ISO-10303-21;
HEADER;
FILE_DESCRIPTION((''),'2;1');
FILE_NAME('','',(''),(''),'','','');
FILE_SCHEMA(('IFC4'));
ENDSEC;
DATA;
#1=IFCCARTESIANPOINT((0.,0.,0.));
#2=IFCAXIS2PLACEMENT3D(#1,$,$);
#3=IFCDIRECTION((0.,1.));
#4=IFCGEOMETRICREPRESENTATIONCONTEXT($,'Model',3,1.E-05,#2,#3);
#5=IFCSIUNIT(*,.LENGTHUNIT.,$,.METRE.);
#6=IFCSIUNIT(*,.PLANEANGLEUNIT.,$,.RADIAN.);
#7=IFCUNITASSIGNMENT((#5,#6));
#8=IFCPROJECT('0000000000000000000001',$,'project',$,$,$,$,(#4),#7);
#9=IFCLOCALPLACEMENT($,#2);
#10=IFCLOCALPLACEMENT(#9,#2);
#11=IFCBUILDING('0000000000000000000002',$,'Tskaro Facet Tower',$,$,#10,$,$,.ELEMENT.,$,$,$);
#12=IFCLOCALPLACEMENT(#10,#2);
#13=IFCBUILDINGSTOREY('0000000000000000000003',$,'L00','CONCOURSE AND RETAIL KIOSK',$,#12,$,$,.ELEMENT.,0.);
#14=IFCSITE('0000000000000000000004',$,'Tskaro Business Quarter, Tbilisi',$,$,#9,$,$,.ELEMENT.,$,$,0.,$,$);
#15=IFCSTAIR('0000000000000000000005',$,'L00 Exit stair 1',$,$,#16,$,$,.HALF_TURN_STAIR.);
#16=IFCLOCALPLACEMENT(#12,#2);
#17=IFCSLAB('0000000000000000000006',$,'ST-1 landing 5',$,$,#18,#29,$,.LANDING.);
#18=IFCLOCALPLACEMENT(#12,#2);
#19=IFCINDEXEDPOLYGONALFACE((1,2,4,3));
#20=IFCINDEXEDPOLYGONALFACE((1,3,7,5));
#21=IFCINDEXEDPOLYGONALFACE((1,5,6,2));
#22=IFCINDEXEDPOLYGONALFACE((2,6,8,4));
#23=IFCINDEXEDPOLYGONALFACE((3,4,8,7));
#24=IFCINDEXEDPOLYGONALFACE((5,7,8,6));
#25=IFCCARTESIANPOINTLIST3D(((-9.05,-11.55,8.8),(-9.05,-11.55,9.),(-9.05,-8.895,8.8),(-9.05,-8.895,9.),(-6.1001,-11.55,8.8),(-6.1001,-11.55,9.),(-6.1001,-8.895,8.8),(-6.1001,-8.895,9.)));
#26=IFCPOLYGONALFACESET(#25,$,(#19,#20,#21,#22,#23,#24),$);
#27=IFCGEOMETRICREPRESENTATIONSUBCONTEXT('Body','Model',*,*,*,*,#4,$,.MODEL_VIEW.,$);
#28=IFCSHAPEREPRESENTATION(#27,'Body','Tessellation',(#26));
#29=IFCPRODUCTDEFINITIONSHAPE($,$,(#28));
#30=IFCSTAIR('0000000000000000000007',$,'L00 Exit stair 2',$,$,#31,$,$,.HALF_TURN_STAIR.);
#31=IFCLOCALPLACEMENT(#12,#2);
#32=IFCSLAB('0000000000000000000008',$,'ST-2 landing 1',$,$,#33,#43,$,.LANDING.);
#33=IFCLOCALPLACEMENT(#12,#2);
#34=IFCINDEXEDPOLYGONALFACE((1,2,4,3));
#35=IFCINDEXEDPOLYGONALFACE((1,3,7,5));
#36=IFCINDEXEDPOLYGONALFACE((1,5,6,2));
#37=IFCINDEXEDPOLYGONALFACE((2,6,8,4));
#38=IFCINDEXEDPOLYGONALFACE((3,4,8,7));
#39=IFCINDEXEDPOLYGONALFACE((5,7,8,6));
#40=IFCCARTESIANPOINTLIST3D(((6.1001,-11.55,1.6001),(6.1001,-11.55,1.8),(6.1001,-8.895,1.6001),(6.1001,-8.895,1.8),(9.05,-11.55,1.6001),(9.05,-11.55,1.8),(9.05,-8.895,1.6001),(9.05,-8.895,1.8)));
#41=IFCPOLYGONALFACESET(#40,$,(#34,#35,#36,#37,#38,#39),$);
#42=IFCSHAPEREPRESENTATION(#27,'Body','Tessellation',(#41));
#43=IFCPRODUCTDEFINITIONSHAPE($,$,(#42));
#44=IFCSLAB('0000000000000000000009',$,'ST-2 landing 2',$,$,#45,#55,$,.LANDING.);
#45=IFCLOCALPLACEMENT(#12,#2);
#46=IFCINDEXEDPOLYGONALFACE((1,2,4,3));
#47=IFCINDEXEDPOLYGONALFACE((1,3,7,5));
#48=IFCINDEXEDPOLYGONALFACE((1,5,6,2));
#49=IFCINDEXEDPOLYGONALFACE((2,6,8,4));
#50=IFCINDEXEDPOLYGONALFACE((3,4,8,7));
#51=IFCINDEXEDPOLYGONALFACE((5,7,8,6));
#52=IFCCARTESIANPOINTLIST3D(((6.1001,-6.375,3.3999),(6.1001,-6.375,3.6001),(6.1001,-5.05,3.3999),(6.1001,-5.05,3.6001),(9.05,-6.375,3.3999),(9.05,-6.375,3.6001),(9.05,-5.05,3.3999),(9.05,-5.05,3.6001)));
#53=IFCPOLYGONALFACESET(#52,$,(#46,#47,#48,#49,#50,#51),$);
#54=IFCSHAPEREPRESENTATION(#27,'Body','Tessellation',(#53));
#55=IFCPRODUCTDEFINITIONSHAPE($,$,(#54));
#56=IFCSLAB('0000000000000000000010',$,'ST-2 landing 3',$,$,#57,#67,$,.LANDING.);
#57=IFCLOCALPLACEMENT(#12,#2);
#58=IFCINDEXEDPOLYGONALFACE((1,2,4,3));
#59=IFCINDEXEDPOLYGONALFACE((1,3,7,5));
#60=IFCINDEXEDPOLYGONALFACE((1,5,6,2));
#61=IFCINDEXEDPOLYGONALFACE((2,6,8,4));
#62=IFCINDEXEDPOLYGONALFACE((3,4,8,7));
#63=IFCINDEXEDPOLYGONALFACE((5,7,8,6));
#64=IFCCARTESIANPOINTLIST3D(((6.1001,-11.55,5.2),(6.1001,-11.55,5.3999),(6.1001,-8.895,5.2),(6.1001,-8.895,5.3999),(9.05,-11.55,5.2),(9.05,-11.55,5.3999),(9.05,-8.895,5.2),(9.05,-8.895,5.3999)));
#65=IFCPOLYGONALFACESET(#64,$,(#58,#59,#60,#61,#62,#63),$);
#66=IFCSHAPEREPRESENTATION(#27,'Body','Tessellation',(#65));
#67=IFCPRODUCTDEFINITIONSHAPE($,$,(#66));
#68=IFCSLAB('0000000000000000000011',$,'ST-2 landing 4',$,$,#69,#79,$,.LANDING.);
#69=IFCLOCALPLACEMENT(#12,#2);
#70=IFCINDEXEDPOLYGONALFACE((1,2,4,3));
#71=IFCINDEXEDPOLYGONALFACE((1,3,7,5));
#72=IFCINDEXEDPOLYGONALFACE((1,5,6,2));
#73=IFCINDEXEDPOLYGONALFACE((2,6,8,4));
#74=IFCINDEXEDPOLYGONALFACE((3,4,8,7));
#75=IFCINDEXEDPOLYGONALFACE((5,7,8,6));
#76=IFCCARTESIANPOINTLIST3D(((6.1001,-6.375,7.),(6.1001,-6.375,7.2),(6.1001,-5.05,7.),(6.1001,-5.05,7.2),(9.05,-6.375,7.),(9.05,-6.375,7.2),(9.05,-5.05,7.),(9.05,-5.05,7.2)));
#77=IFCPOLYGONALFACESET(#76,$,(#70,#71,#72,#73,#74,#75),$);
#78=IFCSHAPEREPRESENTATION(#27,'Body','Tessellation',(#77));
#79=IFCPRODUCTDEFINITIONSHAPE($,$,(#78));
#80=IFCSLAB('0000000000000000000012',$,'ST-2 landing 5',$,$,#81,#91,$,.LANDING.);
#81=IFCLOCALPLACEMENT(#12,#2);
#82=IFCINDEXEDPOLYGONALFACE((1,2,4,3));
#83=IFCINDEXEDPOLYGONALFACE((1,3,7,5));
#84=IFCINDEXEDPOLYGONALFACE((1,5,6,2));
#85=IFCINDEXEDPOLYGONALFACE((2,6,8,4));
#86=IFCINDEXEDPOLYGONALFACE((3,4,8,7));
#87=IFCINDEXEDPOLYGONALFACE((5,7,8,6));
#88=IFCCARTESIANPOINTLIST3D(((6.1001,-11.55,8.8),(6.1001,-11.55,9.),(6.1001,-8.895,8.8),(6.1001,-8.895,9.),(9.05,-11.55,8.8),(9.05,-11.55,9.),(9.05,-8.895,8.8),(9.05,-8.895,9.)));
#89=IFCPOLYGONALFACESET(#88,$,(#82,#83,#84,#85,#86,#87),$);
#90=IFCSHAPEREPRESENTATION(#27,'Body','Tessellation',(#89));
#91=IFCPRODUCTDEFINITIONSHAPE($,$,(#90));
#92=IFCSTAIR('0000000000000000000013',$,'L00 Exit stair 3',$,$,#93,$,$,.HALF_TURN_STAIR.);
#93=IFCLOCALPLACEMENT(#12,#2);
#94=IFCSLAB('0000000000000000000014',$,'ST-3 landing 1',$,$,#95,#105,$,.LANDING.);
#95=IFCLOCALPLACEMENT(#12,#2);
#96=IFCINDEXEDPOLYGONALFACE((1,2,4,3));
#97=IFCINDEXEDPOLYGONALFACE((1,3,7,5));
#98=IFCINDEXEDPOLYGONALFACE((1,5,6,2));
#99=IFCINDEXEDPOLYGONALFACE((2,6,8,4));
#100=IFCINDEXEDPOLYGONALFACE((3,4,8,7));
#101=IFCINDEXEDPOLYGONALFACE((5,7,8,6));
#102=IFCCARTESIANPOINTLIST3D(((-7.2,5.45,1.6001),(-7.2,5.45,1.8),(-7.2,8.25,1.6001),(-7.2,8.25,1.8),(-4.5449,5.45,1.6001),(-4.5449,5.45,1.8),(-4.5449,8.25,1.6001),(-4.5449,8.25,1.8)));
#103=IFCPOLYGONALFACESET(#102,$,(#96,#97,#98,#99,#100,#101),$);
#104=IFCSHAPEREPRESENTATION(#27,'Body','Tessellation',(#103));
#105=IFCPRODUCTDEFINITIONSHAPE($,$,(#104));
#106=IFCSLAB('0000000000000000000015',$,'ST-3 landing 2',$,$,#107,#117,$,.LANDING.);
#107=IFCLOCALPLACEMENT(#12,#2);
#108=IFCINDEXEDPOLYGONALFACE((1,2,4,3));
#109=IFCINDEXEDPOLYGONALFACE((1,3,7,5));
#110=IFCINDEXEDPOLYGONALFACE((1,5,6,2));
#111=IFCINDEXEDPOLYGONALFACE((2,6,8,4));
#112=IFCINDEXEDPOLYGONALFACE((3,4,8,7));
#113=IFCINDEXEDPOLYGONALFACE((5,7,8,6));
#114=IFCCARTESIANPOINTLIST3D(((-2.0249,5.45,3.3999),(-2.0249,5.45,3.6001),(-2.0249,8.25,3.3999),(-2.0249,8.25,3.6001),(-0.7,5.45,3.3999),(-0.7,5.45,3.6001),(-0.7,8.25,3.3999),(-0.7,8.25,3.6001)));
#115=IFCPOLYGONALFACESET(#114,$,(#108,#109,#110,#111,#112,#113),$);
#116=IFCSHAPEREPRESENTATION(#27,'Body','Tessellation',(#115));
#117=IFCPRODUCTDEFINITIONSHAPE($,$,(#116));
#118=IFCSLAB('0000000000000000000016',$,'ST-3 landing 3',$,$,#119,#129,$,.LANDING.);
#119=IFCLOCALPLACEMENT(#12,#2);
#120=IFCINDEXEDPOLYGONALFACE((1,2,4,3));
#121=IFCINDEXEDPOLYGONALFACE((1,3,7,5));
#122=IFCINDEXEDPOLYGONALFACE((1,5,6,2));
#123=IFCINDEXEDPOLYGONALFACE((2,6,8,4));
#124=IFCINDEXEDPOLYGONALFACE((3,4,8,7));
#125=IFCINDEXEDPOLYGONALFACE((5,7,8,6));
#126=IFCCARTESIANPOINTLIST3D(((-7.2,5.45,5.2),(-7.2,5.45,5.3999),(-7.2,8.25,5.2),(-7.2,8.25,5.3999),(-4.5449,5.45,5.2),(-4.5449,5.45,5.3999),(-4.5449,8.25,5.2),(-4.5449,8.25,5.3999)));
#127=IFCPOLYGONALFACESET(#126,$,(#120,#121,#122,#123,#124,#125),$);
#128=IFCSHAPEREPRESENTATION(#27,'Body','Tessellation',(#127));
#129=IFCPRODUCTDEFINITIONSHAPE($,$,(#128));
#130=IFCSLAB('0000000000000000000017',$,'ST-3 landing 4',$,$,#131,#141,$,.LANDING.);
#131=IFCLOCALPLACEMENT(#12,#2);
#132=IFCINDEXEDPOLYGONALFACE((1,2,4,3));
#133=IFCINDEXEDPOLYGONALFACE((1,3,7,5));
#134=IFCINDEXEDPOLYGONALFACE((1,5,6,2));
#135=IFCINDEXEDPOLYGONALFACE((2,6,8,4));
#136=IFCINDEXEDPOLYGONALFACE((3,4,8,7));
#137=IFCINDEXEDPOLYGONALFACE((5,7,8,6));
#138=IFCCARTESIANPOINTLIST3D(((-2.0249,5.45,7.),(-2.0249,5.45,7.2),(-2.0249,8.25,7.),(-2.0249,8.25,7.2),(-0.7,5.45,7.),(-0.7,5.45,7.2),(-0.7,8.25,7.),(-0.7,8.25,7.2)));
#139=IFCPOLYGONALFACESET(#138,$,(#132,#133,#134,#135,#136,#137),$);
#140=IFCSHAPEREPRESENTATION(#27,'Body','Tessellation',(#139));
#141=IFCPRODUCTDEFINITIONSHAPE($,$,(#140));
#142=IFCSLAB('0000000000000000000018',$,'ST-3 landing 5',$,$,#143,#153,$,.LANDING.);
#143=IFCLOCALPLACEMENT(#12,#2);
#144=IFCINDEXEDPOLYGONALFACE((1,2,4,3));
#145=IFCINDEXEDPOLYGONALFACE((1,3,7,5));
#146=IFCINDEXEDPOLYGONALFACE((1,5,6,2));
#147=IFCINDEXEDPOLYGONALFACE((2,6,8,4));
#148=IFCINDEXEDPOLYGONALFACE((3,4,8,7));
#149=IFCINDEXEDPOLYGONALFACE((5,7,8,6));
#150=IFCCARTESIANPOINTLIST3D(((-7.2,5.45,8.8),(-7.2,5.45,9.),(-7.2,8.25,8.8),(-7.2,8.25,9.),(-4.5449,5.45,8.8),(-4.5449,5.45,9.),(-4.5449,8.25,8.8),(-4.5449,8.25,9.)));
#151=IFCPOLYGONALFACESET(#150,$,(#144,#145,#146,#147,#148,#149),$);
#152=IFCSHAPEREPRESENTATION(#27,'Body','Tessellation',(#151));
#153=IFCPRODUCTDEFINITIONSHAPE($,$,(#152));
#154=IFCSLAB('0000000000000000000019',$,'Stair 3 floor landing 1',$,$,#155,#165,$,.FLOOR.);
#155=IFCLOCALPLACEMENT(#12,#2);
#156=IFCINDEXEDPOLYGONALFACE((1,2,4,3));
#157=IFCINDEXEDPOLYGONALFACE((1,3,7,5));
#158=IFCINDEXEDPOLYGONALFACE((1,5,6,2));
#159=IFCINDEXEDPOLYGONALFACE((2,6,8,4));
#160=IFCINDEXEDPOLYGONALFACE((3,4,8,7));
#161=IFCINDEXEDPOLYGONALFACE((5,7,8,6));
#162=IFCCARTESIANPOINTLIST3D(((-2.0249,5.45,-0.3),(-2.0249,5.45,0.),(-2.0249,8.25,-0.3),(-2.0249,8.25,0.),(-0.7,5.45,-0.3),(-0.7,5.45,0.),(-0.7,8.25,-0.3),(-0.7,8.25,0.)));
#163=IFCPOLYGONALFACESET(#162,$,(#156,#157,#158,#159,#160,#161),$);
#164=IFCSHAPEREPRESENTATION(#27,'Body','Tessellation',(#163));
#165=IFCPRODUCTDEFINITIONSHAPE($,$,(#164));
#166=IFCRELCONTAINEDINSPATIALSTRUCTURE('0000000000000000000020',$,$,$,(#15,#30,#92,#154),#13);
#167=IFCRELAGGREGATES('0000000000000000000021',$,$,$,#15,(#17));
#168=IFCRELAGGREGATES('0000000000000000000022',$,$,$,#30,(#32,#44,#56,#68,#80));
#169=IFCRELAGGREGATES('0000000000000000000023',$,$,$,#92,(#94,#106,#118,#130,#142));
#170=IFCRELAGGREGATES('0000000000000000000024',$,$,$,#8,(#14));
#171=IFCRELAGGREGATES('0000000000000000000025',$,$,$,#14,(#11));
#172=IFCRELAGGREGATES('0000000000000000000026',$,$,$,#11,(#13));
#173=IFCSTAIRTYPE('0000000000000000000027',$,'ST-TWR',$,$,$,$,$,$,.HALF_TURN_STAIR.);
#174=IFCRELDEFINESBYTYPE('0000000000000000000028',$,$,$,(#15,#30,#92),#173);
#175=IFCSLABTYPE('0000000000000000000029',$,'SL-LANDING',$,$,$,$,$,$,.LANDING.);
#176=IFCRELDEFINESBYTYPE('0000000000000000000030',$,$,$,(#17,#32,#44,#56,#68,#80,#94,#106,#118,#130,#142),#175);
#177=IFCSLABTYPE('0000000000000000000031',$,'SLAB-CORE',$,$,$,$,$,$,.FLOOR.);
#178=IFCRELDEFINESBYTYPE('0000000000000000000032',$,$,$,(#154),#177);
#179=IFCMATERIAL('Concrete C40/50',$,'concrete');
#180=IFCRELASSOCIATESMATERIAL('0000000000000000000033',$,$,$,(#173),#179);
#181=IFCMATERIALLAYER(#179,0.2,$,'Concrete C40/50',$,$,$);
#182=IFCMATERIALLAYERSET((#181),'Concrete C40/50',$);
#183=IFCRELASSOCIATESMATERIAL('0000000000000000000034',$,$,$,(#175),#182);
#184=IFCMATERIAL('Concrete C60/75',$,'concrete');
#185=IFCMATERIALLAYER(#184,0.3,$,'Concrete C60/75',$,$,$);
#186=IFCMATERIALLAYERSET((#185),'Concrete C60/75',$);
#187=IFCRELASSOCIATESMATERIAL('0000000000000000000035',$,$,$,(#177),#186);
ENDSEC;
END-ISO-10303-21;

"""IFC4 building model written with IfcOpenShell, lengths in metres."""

from ifc_helpers import new_model, si_unit, direction, frame, origin, place, context, subcontext, project, spatial, polyline, outline, extrude, material, layer, layer_set, type_object, element, aggregate, save


model = new_model("IFC4")

# Units and contexts
model_context = context("Model", 3, precision=1e-05, world=origin(), true_north=direction((0.0, 1.0)))
body_context = subcontext(model_context, "Body", "Model", "MODEL_VIEW")
ifc_project = project(units=[si_unit("LENGTHUNIT", "METRE"), si_unit("PLANEANGLEUNIT", "RADIAN")], contexts=[model_context])

# Site, building, storey
site_placement = place(None, origin())
site = spatial("IfcSite", under=ifc_project, at=site_placement, Name="Tskaro Business Quarter, Tbilisi", CompositionType="ELEMENT", RefElevation=0.0)
building_placement = place(site_placement, origin())
building = spatial("IfcBuilding", under=site, at=building_placement, Name="Tskaro Facet Tower", CompositionType="ELEMENT")
storey_placement = place(building_placement, origin())
storey = spatial("IfcBuildingStorey", under=building, at=storey_placement, Name="L00", Description="CONCOURSE AND RETAIL KIOSK", CompositionType="ELEMENT", Elevation=0.0)

# Stairs, slabs
ifc_material_1 = material(Name="Concrete C40/50", Category="concrete")
stair_type = type_object("IfcStairType", Name="ST-TWR", PredefinedType="HALF_TURN_STAIR", material=ifc_material_1)
stair_1_placement = place(storey_placement, origin())
stair_1 = element("IfcStair", 1, at=stair_1_placement, inside=storey, type_object=stair_type, Name="L00 Exit stair 1", PredefinedType="HALF_TURN_STAIR")
ifc_layer_1 = layer(ifc_material_1, 0.2, Name="Concrete C40/50")
ifc_layer_set_1 = layer_set([ifc_layer_1], Name="Concrete C40/50")
slab_type_1 = type_object("IfcSlabType", Name="SL-LANDING", PredefinedType="LANDING", material=ifc_layer_set_1)
slab_1_placement = place(storey_placement, frame((0.0, 0.0, 8.8)))
slab_1 = element("IfcSlab", 2, at=slab_1_placement, type_object=slab_type_1, Name="ST-1 landing 5", PredefinedType="LANDING", context=body_context, shape_type="SweptSolid", body=[
    extrude(outline(polyline([(-9.05, -11.55), (-6.1001, -11.55), (-6.1001, -8.895), (-9.05, -8.895), (-9.05, -11.55)])), origin(), (0.0, 0.0, 1.0), 0.2),
])
aggregate(stair_1, [slab_1])
stair_2_placement = place(storey_placement, origin())
stair_2 = element("IfcStair", 3, at=stair_2_placement, inside=storey, type_object=stair_type, Name="L00 Exit stair 2", PredefinedType="HALF_TURN_STAIR")
slab_2_placement = place(storey_placement, frame((0.0, 0.0, 1.6001)))
slab_2 = element("IfcSlab", 4, at=slab_2_placement, type_object=slab_type_1, Name="ST-2 landing 1", PredefinedType="LANDING", context=body_context, shape_type="SweptSolid", body=[
    extrude(outline(polyline([(6.1001, -11.55), (9.05, -11.55), (9.05, -8.895), (6.1001, -8.895), (6.1001, -11.55)])), origin(), (0.0, 0.0, 1.0), 0.2),
])
slab_3_placement = place(storey_placement, frame((0.0, 0.0, 3.3999)))
slab_3 = element("IfcSlab", 5, at=slab_3_placement, type_object=slab_type_1, Name="ST-2 landing 2", PredefinedType="LANDING", context=body_context, shape_type="SweptSolid", body=[
    extrude(outline(polyline([(6.1001, -6.375), (9.05, -6.375), (9.05, -5.05), (6.1001, -5.05), (6.1001, -6.375)])), origin(), (0.0, 0.0, 1.0), 0.2002),
])
slab_4_placement = place(storey_placement, frame((0.0, 0.0, 5.2)))
slab_4 = element("IfcSlab", 6, at=slab_4_placement, type_object=slab_type_1, Name="ST-2 landing 3", PredefinedType="LANDING", context=body_context, shape_type="SweptSolid", body=[
    extrude(outline(polyline([(6.1001, -11.55), (9.05, -11.55), (9.05, -8.895), (6.1001, -8.895), (6.1001, -11.55)])), origin(), (0.0, 0.0, 1.0), 0.2),
])
slab_5_placement = place(storey_placement, frame((0.0, 0.0, 7.0)))
slab_5 = element("IfcSlab", 7, at=slab_5_placement, type_object=slab_type_1, Name="ST-2 landing 4", PredefinedType="LANDING", context=body_context, shape_type="SweptSolid", body=[
    extrude(outline(polyline([(6.1001, -6.375), (9.05, -6.375), (9.05, -5.05), (6.1001, -5.05), (6.1001, -6.375)])), origin(), (0.0, 0.0, 1.0), 0.2),
])
slab_6_placement = place(storey_placement, frame((0.0, 0.0, 8.8)))
slab_6 = element("IfcSlab", 8, at=slab_6_placement, type_object=slab_type_1, Name="ST-2 landing 5", PredefinedType="LANDING", context=body_context, shape_type="SweptSolid", body=[
    extrude(outline(polyline([(6.1001, -11.55), (9.05, -11.55), (9.05, -8.895), (6.1001, -8.895), (6.1001, -11.55)])), origin(), (0.0, 0.0, 1.0), 0.2),
])
aggregate(stair_2, [slab_2, slab_3, slab_4, slab_5, slab_6])
stair_3_placement = place(storey_placement, origin())
stair_3 = element("IfcStair", 9, at=stair_3_placement, inside=storey, type_object=stair_type, Name="L00 Exit stair 3", PredefinedType="HALF_TURN_STAIR")
slab_7_placement = place(storey_placement, frame((0.0, 0.0, 1.6001)))
slab_7 = element("IfcSlab", 10, at=slab_7_placement, type_object=slab_type_1, Name="ST-3 landing 1", PredefinedType="LANDING", context=body_context, shape_type="SweptSolid", body=[
    extrude(outline(polyline([(-7.2, 5.45), (-4.5449, 5.45), (-4.5449, 8.25), (-7.2, 8.25), (-7.2, 5.45)])), origin(), (0.0, 0.0, 1.0), 0.2),
])
slab_8_placement = place(storey_placement, frame((0.0, 0.0, 3.3999)))
slab_8 = element("IfcSlab", 11, at=slab_8_placement, type_object=slab_type_1, Name="ST-3 landing 2", PredefinedType="LANDING", context=body_context, shape_type="SweptSolid", body=[
    extrude(outline(polyline([(-2.0249, 5.45), (-0.7, 5.45), (-0.7, 8.25), (-2.0249, 8.25), (-2.0249, 5.45)])), origin(), (0.0, 0.0, 1.0), 0.2002),
])
slab_9_placement = place(storey_placement, frame((0.0, 0.0, 5.2)))
slab_9 = element("IfcSlab", 12, at=slab_9_placement, type_object=slab_type_1, Name="ST-3 landing 3", PredefinedType="LANDING", context=body_context, shape_type="SweptSolid", body=[
    extrude(outline(polyline([(-7.2, 5.45), (-4.5449, 5.45), (-4.5449, 8.25), (-7.2, 8.25), (-7.2, 5.45)])), origin(), (0.0, 0.0, 1.0), 0.2),
])
slab_10_placement = place(storey_placement, frame((0.0, 0.0, 7.0)))
slab_10 = element("IfcSlab", 13, at=slab_10_placement, type_object=slab_type_1, Name="ST-3 landing 4", PredefinedType="LANDING", context=body_context, shape_type="SweptSolid", body=[
    extrude(outline(polyline([(-2.0249, 5.45), (-0.7, 5.45), (-0.7, 8.25), (-2.0249, 8.25), (-2.0249, 5.45)])), origin(), (0.0, 0.0, 1.0), 0.2),
])
slab_11_placement = place(storey_placement, frame((0.0, 0.0, 8.8)))
slab_11 = element("IfcSlab", 14, at=slab_11_placement, type_object=slab_type_1, Name="ST-3 landing 5", PredefinedType="LANDING", context=body_context, shape_type="SweptSolid", body=[
    extrude(outline(polyline([(-7.2, 5.45), (-4.5449, 5.45), (-4.5449, 8.25), (-7.2, 8.25), (-7.2, 5.45)])), origin(), (0.0, 0.0, 1.0), 0.2),
])
aggregate(stair_3, [slab_7, slab_8, slab_9, slab_10, slab_11])

# Slab
ifc_material_2 = material(Name="Concrete C60/75", Category="concrete")
ifc_layer_2 = layer(ifc_material_2, 0.3, Name="Concrete C60/75")
ifc_layer_set_2 = layer_set([ifc_layer_2], Name="Concrete C60/75")
slab_type_2 = type_object("IfcSlabType", Name="SLAB-CORE", PredefinedType="FLOOR", material=ifc_layer_set_2)
slab_12_placement = place(storey_placement, frame((0.0, 0.0, -0.3)))
element("IfcSlab", 15, at=slab_12_placement, inside=storey, type_object=slab_type_2, Name="Stair 3 floor landing 1", PredefinedType="FLOOR", context=body_context, shape_type="SweptSolid", body=[
    extrude(outline(polyline([(-2.0249, 5.45), (-0.7, 5.45), (-0.7, 8.25), (-2.0249, 8.25), (-2.0249, 5.45)])), origin(), (0.0, 0.0, 1.0), 0.3),
])

save(model, "model.ifc")
